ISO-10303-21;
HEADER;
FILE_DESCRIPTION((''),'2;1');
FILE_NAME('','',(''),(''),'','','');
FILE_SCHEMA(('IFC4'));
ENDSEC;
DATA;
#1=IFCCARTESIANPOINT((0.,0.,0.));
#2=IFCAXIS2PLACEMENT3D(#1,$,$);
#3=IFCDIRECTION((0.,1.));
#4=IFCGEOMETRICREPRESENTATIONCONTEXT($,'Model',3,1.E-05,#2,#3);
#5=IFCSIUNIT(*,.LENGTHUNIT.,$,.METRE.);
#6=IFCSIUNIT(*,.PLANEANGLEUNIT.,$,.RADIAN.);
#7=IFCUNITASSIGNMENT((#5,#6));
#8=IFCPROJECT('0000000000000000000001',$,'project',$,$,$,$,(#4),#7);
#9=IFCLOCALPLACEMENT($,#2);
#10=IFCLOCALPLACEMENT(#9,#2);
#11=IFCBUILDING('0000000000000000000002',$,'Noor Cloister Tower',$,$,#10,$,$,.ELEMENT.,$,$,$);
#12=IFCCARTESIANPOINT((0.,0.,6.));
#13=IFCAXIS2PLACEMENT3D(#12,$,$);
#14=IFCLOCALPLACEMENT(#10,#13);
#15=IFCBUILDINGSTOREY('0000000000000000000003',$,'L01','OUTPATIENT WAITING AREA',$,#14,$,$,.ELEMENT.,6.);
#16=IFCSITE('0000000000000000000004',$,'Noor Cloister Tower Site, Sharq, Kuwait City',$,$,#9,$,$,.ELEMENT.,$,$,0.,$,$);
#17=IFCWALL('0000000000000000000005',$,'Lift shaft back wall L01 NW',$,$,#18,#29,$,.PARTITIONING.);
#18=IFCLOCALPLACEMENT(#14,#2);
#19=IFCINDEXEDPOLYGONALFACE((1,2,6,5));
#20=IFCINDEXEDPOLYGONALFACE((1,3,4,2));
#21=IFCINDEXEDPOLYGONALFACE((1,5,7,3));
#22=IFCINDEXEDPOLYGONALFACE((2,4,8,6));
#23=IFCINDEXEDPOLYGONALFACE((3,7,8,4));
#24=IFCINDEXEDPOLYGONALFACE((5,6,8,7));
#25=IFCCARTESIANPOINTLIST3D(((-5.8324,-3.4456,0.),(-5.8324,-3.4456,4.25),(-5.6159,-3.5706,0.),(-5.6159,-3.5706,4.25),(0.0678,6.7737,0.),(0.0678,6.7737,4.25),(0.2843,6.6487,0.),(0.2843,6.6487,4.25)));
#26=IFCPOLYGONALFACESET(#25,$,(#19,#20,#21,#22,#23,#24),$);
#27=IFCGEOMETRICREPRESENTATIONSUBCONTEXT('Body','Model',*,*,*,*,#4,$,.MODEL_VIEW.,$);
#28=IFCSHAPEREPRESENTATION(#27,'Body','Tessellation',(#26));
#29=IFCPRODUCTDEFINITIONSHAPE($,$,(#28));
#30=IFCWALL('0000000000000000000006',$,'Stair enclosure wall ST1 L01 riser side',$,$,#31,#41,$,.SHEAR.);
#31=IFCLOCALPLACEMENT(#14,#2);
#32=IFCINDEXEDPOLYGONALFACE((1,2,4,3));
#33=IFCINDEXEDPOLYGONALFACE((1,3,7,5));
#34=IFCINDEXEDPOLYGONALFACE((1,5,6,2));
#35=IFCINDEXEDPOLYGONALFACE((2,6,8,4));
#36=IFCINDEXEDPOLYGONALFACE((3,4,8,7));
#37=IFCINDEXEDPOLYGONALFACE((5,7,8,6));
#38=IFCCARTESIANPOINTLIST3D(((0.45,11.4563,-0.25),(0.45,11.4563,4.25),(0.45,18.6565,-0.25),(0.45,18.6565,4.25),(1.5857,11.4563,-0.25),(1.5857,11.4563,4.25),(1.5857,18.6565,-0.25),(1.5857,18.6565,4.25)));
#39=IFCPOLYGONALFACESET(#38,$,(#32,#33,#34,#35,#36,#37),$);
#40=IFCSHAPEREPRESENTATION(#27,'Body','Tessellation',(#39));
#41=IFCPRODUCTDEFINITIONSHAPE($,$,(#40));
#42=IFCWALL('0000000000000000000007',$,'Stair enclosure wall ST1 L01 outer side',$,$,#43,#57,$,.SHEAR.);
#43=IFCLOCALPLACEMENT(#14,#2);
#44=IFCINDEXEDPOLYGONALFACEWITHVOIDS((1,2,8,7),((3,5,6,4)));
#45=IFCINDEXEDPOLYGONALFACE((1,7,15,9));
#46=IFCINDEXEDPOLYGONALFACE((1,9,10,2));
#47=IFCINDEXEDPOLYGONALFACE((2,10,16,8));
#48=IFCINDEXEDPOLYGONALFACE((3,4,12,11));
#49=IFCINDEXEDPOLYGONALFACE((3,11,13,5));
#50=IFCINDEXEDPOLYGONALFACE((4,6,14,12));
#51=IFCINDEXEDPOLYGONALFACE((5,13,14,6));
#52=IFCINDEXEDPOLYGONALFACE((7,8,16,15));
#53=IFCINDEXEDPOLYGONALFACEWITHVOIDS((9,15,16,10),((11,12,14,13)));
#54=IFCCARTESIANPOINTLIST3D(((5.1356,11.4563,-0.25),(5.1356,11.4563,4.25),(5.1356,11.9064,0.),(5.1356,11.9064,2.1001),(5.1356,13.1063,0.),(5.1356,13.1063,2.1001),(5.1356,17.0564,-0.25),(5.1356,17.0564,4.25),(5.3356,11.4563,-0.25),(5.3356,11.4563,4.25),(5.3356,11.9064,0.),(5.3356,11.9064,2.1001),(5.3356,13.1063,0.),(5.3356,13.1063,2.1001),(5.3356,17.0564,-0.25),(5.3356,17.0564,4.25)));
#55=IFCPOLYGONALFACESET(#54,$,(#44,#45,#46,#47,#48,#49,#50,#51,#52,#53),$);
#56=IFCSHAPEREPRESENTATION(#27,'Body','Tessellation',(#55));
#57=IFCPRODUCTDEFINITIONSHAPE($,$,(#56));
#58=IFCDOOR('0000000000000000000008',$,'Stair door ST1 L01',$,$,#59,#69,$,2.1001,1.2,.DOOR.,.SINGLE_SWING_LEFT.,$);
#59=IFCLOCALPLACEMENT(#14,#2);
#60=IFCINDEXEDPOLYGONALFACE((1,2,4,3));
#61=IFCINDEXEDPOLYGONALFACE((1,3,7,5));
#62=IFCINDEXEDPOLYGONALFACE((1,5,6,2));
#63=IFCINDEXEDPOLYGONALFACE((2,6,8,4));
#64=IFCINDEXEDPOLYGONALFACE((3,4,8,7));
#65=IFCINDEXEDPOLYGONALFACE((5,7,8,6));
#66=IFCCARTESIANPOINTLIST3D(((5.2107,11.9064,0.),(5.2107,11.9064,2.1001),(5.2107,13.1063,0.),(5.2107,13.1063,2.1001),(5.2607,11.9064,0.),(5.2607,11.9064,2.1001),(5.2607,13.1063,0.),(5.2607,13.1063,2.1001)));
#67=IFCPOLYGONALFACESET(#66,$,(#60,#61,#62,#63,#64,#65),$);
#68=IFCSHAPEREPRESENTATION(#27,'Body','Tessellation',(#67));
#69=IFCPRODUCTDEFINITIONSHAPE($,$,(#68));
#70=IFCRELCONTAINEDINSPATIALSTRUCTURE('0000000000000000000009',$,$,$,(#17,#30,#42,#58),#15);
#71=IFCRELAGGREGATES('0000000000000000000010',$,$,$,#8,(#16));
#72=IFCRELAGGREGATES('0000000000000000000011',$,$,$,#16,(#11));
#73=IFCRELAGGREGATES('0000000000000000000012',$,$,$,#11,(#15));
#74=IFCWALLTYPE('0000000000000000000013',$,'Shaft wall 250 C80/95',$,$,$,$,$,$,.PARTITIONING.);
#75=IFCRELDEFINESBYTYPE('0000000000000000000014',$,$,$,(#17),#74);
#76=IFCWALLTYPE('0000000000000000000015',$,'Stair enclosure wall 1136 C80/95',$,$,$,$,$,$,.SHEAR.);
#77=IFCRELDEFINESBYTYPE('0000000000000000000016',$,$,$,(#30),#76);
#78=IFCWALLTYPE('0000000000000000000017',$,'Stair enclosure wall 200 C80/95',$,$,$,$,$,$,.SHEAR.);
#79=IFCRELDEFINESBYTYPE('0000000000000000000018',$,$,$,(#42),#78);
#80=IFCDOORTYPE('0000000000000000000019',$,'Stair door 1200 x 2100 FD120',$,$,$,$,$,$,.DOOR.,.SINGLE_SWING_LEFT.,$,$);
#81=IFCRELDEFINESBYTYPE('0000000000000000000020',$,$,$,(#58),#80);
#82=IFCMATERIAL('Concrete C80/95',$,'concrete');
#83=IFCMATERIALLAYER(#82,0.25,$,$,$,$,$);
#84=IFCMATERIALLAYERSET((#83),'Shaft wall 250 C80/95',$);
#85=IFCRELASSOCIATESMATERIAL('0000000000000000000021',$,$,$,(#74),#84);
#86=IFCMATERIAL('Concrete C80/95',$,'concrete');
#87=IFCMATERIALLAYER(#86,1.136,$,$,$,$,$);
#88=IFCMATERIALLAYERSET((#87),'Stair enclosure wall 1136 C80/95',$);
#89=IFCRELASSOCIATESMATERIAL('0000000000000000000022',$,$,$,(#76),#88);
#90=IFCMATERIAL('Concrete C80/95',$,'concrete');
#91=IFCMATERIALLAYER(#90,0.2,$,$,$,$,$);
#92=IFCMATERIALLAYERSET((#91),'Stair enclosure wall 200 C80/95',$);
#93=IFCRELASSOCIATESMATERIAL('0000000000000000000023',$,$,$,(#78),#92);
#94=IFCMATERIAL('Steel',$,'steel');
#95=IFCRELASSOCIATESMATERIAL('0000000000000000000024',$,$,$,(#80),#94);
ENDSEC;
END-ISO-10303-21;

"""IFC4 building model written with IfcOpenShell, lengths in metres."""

from ifc_helpers import new_model, si_unit, direction, frame, frame_2d, origin, place, context, subcontext, project, spatial, rectangle, extrude, material, layer, layer_set, type_object, element, fill, save


model = new_model("IFC4")

# Units and contexts
model_context = context("Model", 3, precision=1e-05, world=origin(), true_north=direction((0.0, 1.0)))
body_context = subcontext(model_context, "Body", "Model", "MODEL_VIEW")
ifc_project = project(units=[si_unit("LENGTHUNIT", "METRE"), si_unit("PLANEANGLEUNIT", "RADIAN")], contexts=[model_context])

# Site, building, storey
site_placement = place(None, origin())
site = spatial("IfcSite", under=ifc_project, at=site_placement, Name="Noor Cloister Tower Site, Sharq, Kuwait City", CompositionType="ELEMENT", RefElevation=0.0)
building_placement = place(site_placement, origin())
building = spatial("IfcBuilding", under=site, at=building_placement, Name="Noor Cloister Tower", CompositionType="ELEMENT")
storey_placement = place(building_placement, frame((0.0, 0.0, 6.0)))
storey = spatial("IfcBuildingStorey", under=building, at=storey_placement, Name="L01", Description="OUTPATIENT WAITING AREA", CompositionType="ELEMENT", Elevation=6.0)

# Walls
ifc_material_1 = material(Name="Concrete C80/95", Category="concrete")
ifc_layer_1 = layer(ifc_material_1, 0.25)
ifc_layer_set_1 = layer_set([ifc_layer_1], Name="Shaft wall 250 C80/95")
wall_type_1 = type_object("IfcWallType", Name="Shaft wall 250 C80/95", PredefinedType="PARTITIONING", material=ifc_layer_set_1)
wall_1_placement = place(storey_placement, frame((0.176, 6.7112, 0.0), z_axis=(0.0, 0.0, 1.0), x_axis=(-0.500004, -0.866023, 0.0)))
element("IfcWall", 1, at=wall_1_placement, inside=storey, type_object=wall_type_1, Name="Lift shaft back wall L01 NW", PredefinedType="PARTITIONING", context=body_context, shape_type="SweptSolid", body=[
    extrude(rectangle(XDim=11.8003, YDim=0.25, at=frame_2d((5.9001, 0.0))), origin(), (0.0, 0.0, 1.0), 4.25),
])
ifc_material_2 = material(Name="Concrete C80/95", Category="concrete")
ifc_layer_2 = layer(ifc_material_2, 1.136)
ifc_layer_set_2 = layer_set([ifc_layer_2], Name="Stair enclosure wall 1136 C80/95")
wall_type_2 = type_object("IfcWallType", Name="Stair enclosure wall 1136 C80/95", PredefinedType="SHEAR", material=ifc_layer_set_2)
wall_2_placement = place(storey_placement, frame((1.0178, 11.4563, -0.25), z_axis=(0.0, 0.0, 1.0), x_axis=(0.0, 1.0, 0.0)))
element("IfcWall", 2, at=wall_2_placement, inside=storey, type_object=wall_type_2, Name="Stair enclosure wall ST1 L01 riser side", PredefinedType="SHEAR", context=body_context, shape_type="SweptSolid", body=[
    extrude(rectangle(XDim=7.2002, YDim=1.1357, at=frame_2d((3.6001, 0.0))), origin(), (0.0, 0.0, 1.0), 4.5),
])

# Wall, opening, door
ifc_material_3 = material(Name="Concrete C80/95", Category="concrete")
ifc_layer_3 = layer(ifc_material_3, 0.2)
ifc_layer_set_3 = layer_set([ifc_layer_3], Name="Stair enclosure wall 200 C80/95")
wall_type_3 = type_object("IfcWallType", Name="Stair enclosure wall 200 C80/95", PredefinedType="SHEAR", material=ifc_layer_set_3)
wall_3_placement = place(storey_placement, frame((5.2356, 11.4563, -0.25), z_axis=(0.0, 0.0, 1.0), x_axis=(0.0, 1.0, 0.0)))
wall_3 = element("IfcWall", 3, at=wall_3_placement, inside=storey, type_object=wall_type_3, Name="Stair enclosure wall ST1 L01 outer side", PredefinedType="SHEAR", context=body_context, shape_type="SweptSolid", body=[
    extrude(rectangle(XDim=5.6001, YDim=0.2, at=frame_2d((2.8, 0.0))), origin(), (0.0, 0.0, 1.0), 4.5),
])
opening_1_placement = place(wall_3_placement, frame((0.45, 0.0, 0.25)))
opening_1 = element("IfcOpeningElement", 4, at=opening_1_placement, cuts=wall_3, PredefinedType="OPENING", context=body_context, shape_type="SweptSolid", body=[
    extrude(rectangle(XDim=1.2, YDim=2.1001, at=frame_2d((0.6001, 1.05))), frame((0.0, 0.1099, 0.0), z_axis=(0.0, -1.0, 0.0), x_axis=(1.0, 0.0, 0.0)), (0.0, 0.0, 1.0), 0.22),
])
ifc_material_4 = material(Name="Steel", Category="steel")
door_type_1 = type_object("IfcDoorType", Name="Stair door 1200 x 2100 FD120", OperationType="SINGLE_SWING_LEFT", PredefinedType="DOOR", material=ifc_material_4)
door_1_placement = place(opening_1_placement, origin())
door_1 = element("IfcDoor", 5, at=door_1_placement, inside=storey, type_object=door_type_1, Name="Stair door ST1 L01", OperationType="SINGLE_SWING_LEFT", OverallHeight=2.1001, OverallWidth=1.2, PredefinedType="DOOR", context=body_context, shape_type="SweptSolid", body=[
    extrude(rectangle(XDim=1.2, YDim=2.1001, at=frame_2d((0.6001, 1.05))), frame((0.0, 0.0249, 0.0), z_axis=(0.0, -1.0, 0.0), x_axis=(1.0, 0.0, 0.0)), (0.0, 0.0, 1.0), 0.05),
])
fill(opening_1, door_1)

save(model, "model.ifc")
